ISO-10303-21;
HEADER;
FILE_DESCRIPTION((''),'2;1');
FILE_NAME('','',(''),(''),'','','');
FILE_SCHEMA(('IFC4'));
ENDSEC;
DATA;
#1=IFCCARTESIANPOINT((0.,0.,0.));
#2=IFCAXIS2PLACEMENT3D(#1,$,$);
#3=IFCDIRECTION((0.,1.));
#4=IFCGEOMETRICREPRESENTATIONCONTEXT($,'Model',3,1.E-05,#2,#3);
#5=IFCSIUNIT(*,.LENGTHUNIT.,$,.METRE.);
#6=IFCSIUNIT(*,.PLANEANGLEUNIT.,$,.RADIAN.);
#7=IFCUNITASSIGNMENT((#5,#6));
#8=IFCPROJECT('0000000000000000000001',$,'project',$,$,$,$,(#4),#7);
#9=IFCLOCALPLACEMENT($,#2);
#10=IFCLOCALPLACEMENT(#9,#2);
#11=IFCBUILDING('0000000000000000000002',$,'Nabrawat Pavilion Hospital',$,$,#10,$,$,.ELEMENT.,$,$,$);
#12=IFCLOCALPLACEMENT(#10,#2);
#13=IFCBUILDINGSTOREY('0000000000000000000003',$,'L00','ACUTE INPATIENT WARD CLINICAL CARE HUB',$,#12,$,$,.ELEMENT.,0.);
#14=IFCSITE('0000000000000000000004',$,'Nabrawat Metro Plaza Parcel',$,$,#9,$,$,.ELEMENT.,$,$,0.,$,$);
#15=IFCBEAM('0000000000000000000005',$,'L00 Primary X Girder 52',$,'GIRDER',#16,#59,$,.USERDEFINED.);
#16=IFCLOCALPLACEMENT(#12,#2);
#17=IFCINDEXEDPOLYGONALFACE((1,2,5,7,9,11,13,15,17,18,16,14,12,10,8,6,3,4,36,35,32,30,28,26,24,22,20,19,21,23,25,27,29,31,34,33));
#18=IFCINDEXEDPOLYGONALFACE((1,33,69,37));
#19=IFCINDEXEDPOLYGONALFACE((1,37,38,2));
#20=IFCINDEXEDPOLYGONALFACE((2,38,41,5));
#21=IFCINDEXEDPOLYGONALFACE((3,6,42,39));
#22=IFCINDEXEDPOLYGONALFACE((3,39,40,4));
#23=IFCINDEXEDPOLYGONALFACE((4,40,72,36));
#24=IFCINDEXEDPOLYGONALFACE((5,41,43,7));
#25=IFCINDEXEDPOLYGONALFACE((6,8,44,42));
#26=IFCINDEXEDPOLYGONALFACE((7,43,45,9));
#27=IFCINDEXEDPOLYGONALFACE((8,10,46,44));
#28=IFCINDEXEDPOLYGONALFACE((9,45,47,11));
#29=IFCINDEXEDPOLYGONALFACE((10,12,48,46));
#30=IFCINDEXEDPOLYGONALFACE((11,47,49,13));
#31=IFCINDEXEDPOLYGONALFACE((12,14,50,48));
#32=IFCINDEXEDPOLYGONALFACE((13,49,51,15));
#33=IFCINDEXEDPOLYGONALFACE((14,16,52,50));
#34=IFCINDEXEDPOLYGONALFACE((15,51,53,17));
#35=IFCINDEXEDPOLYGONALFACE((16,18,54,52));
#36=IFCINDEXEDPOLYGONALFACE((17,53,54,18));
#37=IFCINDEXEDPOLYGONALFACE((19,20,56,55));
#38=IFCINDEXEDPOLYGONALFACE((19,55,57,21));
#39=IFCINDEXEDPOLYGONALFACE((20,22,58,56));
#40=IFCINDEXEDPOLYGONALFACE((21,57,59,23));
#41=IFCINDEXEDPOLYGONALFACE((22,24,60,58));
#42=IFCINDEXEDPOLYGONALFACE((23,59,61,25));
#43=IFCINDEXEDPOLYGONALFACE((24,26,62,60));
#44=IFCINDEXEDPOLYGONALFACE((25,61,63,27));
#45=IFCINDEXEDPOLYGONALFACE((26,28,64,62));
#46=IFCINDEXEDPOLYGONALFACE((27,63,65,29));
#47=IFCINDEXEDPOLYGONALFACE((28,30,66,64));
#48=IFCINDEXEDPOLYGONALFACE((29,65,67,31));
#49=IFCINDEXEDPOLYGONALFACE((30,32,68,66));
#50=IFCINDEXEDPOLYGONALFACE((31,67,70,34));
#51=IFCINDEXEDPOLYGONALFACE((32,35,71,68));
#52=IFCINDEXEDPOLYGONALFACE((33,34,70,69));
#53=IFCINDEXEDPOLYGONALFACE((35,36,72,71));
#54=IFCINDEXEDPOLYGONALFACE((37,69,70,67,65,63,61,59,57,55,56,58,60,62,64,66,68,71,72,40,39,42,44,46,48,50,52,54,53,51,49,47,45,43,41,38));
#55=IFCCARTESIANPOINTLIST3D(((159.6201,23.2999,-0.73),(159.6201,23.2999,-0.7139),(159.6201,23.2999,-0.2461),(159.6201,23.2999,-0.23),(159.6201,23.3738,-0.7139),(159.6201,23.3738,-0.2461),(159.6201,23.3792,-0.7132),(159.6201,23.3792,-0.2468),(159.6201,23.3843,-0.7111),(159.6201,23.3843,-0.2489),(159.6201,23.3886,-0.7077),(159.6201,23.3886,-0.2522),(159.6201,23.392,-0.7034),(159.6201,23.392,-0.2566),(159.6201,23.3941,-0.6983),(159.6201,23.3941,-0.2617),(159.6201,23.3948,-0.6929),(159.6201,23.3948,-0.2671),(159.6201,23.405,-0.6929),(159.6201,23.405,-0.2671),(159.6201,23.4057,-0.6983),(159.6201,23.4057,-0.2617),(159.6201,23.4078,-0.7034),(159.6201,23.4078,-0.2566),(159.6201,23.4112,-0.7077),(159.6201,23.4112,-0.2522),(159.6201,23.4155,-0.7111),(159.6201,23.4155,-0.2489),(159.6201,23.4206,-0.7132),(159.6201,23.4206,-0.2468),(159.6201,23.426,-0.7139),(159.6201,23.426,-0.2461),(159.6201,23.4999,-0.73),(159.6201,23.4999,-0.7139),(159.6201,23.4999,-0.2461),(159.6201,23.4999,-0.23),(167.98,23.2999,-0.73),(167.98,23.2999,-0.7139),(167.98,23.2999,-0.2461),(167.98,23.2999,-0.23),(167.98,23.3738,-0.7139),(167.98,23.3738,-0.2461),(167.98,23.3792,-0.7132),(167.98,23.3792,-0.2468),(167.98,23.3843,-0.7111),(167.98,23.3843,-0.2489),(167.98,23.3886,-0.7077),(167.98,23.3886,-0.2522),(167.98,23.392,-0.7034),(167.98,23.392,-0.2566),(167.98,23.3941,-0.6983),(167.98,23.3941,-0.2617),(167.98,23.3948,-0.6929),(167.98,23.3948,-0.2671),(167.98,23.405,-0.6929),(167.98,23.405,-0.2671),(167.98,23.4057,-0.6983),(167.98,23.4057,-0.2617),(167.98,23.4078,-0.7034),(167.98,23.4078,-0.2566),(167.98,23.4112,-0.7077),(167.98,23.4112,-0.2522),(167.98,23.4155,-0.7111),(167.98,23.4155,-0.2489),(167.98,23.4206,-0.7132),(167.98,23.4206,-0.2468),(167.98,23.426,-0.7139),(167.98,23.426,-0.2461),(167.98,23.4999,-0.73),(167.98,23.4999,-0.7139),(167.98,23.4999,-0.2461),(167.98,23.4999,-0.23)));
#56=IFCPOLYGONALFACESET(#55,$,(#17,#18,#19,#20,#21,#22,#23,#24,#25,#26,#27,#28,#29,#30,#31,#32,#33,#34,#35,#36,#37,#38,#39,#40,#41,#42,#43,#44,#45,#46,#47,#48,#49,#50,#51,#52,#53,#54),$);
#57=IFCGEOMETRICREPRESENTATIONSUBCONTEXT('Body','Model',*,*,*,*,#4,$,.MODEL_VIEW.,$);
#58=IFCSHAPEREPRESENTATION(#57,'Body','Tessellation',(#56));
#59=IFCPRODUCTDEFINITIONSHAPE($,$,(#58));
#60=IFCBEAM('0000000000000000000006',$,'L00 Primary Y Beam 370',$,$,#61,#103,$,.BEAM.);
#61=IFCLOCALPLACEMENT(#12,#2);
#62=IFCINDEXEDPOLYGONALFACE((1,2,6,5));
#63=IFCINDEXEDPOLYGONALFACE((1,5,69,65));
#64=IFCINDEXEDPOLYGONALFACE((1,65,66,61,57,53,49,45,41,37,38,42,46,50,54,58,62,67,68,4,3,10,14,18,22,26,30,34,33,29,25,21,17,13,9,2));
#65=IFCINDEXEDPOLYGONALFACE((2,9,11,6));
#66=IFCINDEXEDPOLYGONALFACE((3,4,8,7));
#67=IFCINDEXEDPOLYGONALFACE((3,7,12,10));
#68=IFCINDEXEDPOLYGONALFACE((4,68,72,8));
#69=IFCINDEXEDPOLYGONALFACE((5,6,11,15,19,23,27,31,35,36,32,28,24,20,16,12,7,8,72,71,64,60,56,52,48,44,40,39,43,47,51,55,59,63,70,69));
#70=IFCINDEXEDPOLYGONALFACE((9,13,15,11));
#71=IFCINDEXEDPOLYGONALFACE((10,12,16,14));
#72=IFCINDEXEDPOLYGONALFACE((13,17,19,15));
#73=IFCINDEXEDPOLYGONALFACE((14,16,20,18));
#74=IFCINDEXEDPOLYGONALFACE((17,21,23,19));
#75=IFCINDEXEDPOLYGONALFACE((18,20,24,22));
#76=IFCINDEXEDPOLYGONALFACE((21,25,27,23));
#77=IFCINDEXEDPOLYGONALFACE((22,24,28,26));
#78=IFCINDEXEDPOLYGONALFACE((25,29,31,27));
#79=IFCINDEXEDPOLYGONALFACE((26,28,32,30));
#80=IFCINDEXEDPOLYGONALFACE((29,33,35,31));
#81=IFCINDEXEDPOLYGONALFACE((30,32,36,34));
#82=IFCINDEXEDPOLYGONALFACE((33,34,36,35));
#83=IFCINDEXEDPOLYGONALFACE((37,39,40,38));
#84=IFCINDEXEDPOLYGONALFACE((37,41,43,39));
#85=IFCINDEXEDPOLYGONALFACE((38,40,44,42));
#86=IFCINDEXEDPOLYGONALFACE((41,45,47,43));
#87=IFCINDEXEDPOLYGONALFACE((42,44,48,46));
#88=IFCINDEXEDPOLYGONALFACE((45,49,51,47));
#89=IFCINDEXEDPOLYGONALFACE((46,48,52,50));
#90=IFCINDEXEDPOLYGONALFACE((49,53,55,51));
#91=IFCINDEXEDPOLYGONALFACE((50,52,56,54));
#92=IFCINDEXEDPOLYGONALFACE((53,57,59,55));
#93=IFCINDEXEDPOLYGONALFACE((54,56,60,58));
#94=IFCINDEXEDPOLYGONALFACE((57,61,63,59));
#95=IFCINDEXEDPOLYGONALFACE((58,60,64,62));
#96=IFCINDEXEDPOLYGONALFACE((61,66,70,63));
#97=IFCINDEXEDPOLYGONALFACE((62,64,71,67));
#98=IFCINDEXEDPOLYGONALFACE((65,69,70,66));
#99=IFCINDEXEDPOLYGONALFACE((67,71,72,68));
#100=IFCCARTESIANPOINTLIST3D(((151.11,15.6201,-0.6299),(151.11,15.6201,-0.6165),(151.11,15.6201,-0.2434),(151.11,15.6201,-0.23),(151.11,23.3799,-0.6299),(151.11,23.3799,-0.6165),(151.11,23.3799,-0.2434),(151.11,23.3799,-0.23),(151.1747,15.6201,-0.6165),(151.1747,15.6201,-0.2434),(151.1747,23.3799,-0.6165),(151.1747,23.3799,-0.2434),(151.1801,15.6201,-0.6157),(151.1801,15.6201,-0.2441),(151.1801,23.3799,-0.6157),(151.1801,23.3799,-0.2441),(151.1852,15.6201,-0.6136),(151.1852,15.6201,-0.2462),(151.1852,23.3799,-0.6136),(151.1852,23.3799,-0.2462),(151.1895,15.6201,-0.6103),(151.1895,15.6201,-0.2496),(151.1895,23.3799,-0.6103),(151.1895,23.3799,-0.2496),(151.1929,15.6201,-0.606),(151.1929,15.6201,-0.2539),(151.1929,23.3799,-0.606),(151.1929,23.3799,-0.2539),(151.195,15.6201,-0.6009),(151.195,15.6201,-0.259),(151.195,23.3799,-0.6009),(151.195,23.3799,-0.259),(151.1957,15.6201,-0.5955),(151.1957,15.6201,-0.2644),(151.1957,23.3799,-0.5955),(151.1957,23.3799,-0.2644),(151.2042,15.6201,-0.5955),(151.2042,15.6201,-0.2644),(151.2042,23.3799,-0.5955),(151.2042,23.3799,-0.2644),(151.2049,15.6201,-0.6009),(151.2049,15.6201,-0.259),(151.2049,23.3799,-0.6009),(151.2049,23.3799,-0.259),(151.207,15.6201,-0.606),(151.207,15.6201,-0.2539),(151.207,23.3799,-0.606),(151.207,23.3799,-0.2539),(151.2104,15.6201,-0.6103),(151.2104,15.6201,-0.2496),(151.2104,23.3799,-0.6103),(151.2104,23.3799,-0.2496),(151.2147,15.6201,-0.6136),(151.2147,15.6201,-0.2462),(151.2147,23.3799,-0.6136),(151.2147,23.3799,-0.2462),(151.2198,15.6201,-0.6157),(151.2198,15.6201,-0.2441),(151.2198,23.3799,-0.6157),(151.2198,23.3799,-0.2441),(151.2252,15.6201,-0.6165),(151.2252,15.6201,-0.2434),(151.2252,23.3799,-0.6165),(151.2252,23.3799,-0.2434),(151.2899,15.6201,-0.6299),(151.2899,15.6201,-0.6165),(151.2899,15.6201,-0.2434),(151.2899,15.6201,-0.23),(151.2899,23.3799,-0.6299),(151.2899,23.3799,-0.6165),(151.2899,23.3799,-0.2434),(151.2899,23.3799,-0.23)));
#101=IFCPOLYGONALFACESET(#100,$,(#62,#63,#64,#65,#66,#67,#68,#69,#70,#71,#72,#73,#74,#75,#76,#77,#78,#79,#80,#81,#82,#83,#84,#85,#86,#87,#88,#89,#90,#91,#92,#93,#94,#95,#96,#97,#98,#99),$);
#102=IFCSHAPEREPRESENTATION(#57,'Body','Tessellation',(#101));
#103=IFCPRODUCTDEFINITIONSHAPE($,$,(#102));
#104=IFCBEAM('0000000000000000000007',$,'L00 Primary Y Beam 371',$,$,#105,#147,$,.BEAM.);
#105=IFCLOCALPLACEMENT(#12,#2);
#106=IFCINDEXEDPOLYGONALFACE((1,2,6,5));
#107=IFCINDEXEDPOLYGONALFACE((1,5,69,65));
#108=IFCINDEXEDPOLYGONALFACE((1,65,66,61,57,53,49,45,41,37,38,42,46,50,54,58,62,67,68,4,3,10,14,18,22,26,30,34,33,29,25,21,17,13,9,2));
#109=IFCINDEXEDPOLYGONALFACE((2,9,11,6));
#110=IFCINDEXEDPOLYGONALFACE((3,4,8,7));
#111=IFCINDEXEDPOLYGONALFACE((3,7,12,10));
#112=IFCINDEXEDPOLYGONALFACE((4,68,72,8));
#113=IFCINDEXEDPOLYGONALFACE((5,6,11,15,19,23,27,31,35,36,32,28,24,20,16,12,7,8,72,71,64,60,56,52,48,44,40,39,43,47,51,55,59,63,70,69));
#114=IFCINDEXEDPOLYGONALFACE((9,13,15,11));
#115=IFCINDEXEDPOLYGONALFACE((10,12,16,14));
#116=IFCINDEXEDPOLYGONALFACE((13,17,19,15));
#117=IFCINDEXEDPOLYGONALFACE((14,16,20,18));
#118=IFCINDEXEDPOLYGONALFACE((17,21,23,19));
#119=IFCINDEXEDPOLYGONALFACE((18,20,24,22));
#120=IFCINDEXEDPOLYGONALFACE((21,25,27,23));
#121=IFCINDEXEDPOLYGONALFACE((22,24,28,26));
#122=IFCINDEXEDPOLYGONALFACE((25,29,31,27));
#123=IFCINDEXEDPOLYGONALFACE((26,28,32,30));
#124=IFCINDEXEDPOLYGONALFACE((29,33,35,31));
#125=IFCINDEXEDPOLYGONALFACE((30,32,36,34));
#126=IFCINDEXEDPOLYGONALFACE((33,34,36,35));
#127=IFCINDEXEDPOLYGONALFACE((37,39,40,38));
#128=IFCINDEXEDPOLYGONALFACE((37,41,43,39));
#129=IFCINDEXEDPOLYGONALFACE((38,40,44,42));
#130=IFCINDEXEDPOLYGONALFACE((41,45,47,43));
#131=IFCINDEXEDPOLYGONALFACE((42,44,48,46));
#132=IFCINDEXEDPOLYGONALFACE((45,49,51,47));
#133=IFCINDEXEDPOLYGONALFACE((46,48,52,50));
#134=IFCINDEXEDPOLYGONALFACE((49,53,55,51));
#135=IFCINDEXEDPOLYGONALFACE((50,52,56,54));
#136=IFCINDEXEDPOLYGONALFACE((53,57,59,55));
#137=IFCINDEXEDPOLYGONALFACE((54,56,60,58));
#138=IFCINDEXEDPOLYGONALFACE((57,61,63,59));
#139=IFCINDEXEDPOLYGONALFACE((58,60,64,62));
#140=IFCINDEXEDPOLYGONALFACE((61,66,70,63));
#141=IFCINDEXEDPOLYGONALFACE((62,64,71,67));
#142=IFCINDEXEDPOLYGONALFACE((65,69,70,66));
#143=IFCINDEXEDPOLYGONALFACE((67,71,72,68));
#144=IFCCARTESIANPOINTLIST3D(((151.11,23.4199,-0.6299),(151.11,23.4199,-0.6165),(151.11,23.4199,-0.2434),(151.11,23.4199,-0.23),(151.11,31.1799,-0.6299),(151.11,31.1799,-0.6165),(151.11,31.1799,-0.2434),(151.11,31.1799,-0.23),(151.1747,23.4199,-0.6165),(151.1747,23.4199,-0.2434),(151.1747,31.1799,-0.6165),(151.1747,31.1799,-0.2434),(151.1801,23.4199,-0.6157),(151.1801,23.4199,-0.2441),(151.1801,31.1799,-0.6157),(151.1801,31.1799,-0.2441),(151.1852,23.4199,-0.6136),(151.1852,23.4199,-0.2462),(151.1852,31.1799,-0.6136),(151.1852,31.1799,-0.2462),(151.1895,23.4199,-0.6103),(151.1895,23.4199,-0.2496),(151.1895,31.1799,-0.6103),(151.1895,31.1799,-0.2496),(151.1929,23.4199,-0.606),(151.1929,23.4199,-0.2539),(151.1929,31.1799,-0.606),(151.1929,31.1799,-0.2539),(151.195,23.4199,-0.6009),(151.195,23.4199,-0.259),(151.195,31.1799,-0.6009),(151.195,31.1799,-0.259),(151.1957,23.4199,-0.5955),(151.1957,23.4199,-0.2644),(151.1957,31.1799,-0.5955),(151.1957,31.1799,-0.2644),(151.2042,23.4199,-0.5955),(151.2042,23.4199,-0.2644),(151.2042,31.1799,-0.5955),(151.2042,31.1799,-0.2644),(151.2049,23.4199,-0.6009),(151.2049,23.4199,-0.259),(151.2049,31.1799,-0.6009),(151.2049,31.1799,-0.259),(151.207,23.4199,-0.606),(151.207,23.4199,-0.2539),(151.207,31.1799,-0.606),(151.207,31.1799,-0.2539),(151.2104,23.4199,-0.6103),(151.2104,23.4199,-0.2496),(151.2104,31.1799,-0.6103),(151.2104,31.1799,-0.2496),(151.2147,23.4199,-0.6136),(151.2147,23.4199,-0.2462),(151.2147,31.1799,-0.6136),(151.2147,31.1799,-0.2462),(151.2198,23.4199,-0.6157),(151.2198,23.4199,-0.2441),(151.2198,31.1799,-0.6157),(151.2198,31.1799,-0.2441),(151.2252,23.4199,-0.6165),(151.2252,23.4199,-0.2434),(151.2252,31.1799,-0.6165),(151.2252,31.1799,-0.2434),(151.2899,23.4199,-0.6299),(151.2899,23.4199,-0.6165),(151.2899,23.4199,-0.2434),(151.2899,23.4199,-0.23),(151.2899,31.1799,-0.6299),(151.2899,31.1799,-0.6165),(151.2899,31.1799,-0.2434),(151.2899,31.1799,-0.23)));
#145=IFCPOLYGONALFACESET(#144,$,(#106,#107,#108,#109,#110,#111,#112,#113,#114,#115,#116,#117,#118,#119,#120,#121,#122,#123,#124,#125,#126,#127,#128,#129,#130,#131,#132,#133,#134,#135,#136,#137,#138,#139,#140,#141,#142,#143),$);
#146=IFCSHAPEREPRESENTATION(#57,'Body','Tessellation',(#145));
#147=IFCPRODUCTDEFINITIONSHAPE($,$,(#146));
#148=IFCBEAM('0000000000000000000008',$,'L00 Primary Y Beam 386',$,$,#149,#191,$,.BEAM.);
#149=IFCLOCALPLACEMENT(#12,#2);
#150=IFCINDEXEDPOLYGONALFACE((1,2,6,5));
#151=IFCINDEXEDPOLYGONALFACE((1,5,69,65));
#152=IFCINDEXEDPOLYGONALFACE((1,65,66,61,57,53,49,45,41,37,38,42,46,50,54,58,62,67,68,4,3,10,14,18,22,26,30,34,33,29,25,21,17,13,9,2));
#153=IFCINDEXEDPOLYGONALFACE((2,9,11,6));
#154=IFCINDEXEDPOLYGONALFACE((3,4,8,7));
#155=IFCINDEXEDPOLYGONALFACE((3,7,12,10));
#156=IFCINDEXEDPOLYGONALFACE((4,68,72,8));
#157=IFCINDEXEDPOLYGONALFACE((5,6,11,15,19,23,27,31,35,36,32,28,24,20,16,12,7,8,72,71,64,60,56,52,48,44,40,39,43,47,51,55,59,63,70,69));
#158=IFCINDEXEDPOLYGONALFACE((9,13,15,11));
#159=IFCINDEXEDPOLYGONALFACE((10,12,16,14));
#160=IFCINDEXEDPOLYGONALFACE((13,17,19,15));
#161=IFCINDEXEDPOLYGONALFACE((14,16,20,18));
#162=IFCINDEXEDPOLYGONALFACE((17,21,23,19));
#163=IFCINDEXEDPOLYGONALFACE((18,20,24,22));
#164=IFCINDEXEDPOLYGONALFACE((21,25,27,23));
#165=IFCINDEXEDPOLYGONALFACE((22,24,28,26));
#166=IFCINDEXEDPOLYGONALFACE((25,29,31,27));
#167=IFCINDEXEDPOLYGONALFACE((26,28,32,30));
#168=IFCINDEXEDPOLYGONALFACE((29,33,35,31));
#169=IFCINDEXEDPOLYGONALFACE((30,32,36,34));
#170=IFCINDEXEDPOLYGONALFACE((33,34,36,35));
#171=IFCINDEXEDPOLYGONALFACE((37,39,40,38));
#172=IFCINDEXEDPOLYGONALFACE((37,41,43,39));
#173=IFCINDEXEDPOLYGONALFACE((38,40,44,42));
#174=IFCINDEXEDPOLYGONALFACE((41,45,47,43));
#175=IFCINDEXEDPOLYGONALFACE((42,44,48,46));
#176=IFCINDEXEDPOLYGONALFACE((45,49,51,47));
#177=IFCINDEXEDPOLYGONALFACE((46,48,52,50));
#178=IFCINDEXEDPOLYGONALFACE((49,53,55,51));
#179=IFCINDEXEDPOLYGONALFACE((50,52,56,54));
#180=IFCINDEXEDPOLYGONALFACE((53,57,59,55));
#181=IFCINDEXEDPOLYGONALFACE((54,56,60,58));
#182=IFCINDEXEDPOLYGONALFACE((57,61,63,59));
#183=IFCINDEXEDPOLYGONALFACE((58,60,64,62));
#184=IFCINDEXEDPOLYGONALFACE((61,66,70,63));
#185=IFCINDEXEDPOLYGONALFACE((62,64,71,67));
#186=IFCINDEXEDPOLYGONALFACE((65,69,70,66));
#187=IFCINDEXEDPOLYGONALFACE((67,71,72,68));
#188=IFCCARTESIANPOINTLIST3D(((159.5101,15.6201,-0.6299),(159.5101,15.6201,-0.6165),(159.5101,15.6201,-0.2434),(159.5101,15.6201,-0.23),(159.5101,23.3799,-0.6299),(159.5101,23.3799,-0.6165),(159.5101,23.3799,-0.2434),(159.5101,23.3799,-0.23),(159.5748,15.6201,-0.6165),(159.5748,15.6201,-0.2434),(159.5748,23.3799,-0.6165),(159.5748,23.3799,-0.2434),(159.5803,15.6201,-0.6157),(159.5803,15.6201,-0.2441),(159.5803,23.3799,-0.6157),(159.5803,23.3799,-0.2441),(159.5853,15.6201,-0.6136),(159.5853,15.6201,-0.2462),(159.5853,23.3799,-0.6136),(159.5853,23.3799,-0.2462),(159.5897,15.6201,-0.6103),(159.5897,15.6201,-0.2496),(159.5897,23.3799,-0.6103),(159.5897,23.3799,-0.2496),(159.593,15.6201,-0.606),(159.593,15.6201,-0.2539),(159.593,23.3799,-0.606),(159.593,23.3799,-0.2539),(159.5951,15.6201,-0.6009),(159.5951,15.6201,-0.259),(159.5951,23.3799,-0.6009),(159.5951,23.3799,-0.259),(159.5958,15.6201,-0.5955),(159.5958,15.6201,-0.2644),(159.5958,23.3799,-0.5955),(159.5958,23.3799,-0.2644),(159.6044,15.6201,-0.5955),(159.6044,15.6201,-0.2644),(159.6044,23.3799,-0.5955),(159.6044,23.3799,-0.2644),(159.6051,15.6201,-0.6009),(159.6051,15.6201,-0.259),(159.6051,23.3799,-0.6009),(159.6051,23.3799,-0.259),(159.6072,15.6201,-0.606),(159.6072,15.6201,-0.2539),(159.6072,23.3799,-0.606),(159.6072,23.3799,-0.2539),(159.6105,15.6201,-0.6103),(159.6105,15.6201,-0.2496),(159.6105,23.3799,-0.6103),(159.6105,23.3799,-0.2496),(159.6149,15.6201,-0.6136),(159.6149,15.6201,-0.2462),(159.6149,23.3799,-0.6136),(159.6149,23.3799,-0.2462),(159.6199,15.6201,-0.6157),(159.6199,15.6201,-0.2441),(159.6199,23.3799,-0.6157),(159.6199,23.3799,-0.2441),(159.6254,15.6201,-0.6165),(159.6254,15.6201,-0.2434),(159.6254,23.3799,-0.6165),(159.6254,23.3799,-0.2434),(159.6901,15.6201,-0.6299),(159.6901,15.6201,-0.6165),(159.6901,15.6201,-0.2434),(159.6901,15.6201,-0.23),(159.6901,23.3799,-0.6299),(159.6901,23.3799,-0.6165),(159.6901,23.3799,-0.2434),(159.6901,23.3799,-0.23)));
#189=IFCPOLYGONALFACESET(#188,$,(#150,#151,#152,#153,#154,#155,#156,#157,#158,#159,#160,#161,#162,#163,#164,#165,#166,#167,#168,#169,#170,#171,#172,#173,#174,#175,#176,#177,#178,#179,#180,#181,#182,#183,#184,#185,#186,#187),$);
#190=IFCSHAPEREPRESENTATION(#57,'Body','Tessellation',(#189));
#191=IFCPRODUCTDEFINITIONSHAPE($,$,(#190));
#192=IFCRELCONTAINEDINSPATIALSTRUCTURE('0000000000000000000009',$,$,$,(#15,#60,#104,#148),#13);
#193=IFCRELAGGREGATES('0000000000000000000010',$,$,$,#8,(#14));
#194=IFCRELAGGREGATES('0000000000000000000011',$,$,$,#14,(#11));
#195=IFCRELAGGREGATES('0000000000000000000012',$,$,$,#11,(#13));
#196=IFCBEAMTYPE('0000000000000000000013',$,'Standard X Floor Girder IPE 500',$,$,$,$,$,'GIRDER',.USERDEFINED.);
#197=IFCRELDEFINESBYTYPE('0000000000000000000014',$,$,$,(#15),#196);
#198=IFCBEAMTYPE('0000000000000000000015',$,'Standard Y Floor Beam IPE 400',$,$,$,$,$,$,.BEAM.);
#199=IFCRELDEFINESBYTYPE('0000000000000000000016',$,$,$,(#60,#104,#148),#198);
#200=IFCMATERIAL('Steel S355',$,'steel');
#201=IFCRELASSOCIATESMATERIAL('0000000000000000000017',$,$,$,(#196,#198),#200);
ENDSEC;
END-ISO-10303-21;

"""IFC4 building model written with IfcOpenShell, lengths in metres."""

from ifc_helpers import new_model, si_unit, direction, frame, origin, origin_2d, place, context, subcontext, project, spatial, i_section, extrude, material, material_profile, profile_set, type_object, element, save


model = new_model("IFC4")

# Units and contexts
model_context = context("Model", 3, precision=1e-05, world=origin(), true_north=direction((0.0, 1.0)))
body_context = subcontext(model_context, "Body", "Model", "MODEL_VIEW")
ifc_project = project(units=[si_unit("LENGTHUNIT", "METRE"), si_unit("PLANEANGLEUNIT", "RADIAN")], contexts=[model_context])

# Site, building, storey
site_placement = place(None, origin())
site = spatial("IfcSite", under=ifc_project, at=site_placement, Name="Nabrawat Metro Plaza Parcel", CompositionType="ELEMENT", RefElevation=0.0)
building_placement = place(site_placement, origin())
building = spatial("IfcBuilding", under=site, at=building_placement, Name="Nabrawat Pavilion Hospital", CompositionType="ELEMENT")
storey_placement = place(building_placement, origin())
storey = spatial("IfcBuildingStorey", under=building, at=storey_placement, Name="L00", Description="ACUTE INPATIENT WARD CLINICAL CARE HUB", CompositionType="ELEMENT", Elevation=0.0)

# Beams
ifc_material_1 = material(Name="Steel S355", Category="steel")
ifc_material_profile_1 = material_profile(ifc_material_1, i_section(OverallWidth=0.2, OverallDepth=0.5, WebThickness=0.0103, FlangeThickness=0.0161, FilletRadius=0.021, at=origin_2d()), Name="IPE 500")
ifc_profile_set_1 = profile_set([ifc_material_profile_1], Name="Steel S355")
beam_type_1 = type_object("IfcBeamType", Name="Standard X Floor Girder IPE 500", ElementType="GIRDER", PredefinedType="USERDEFINED", material=ifc_profile_set_1)
beam_1_placement = place(storey_placement, frame((159.6201, 23.3999, -0.48), z_axis=(1.0, 0.0, 0.0), x_axis=(0.0, 1.0, 0.0)))
element("IfcBeam", 1, at=beam_1_placement, inside=storey, type_object=beam_type_1, Name="L00 Primary X Girder 52", ObjectType="GIRDER", PredefinedType="USERDEFINED", context=body_context, shape_type="SweptSolid", body=[
    extrude(i_section(OverallWidth=0.2, OverallDepth=0.5, WebThickness=0.0103, FlangeThickness=0.0161, FilletRadius=0.021, at=origin_2d()), origin(), (0.0, 0.0, 1.0), 8.3599),
])
ifc_material_profile_2 = material_profile(ifc_material_1, i_section(OverallWidth=0.1799, OverallDepth=0.3999, WebThickness=0.0085, FlangeThickness=0.0134, FilletRadius=0.021, at=origin_2d()), Name="IPE 400")
ifc_profile_set_2 = profile_set([ifc_material_profile_2], Name="Steel S355")
beam_type_2 = type_object("IfcBeamType", Name="Standard Y Floor Beam IPE 400", PredefinedType="BEAM", material=ifc_profile_set_2)
beam_2_placement = place(storey_placement, frame((151.2, 15.6201, -0.4299), z_axis=(0.0, 1.0, 0.0), x_axis=(-1.0, 0.0, 0.0)))
element("IfcBeam", 2, at=beam_2_placement, inside=storey, type_object=beam_type_2, Name="L00 Primary Y Beam 370", PredefinedType="BEAM", context=body_context, shape_type="SweptSolid", body=[
    extrude(i_section(OverallWidth=0.1799, OverallDepth=0.3999, WebThickness=0.0085, FlangeThickness=0.0134, FilletRadius=0.021, at=origin_2d()), origin(), (0.0, 0.0, 1.0), 7.7598),
])
beam_3_placement = place(storey_placement, frame((151.2, 23.4199, -0.4299), z_axis=(0.0, 1.0, 0.0), x_axis=(-1.0, 0.0, 0.0)))
element("IfcBeam", 3, at=beam_3_placement, inside=storey, type_object=beam_type_2, Name="L00 Primary Y Beam 371", PredefinedType="BEAM", context=body_context, shape_type="SweptSolid", body=[
    extrude(i_section(OverallWidth=0.1799, OverallDepth=0.3999, WebThickness=0.0085, FlangeThickness=0.0134, FilletRadius=0.021, at=origin_2d()), origin(), (0.0, 0.0, 1.0), 7.76),
])
beam_4_placement = place(storey_placement, frame((159.6001, 15.6201, -0.4299), z_axis=(0.0, 1.0, 0.0), x_axis=(-1.0, 0.0, 0.0)))
element("IfcBeam", 4, at=beam_4_placement, inside=storey, type_object=beam_type_2, Name="L00 Primary Y Beam 386", PredefinedType="BEAM", context=body_context, shape_type="SweptSolid", body=[
    extrude(i_section(OverallWidth=0.1799, OverallDepth=0.3999, WebThickness=0.0085, FlangeThickness=0.0134, FilletRadius=0.021, at=origin_2d()), origin(), (0.0, 0.0, 1.0), 7.7598),
])

save(model, "model.ifc")
